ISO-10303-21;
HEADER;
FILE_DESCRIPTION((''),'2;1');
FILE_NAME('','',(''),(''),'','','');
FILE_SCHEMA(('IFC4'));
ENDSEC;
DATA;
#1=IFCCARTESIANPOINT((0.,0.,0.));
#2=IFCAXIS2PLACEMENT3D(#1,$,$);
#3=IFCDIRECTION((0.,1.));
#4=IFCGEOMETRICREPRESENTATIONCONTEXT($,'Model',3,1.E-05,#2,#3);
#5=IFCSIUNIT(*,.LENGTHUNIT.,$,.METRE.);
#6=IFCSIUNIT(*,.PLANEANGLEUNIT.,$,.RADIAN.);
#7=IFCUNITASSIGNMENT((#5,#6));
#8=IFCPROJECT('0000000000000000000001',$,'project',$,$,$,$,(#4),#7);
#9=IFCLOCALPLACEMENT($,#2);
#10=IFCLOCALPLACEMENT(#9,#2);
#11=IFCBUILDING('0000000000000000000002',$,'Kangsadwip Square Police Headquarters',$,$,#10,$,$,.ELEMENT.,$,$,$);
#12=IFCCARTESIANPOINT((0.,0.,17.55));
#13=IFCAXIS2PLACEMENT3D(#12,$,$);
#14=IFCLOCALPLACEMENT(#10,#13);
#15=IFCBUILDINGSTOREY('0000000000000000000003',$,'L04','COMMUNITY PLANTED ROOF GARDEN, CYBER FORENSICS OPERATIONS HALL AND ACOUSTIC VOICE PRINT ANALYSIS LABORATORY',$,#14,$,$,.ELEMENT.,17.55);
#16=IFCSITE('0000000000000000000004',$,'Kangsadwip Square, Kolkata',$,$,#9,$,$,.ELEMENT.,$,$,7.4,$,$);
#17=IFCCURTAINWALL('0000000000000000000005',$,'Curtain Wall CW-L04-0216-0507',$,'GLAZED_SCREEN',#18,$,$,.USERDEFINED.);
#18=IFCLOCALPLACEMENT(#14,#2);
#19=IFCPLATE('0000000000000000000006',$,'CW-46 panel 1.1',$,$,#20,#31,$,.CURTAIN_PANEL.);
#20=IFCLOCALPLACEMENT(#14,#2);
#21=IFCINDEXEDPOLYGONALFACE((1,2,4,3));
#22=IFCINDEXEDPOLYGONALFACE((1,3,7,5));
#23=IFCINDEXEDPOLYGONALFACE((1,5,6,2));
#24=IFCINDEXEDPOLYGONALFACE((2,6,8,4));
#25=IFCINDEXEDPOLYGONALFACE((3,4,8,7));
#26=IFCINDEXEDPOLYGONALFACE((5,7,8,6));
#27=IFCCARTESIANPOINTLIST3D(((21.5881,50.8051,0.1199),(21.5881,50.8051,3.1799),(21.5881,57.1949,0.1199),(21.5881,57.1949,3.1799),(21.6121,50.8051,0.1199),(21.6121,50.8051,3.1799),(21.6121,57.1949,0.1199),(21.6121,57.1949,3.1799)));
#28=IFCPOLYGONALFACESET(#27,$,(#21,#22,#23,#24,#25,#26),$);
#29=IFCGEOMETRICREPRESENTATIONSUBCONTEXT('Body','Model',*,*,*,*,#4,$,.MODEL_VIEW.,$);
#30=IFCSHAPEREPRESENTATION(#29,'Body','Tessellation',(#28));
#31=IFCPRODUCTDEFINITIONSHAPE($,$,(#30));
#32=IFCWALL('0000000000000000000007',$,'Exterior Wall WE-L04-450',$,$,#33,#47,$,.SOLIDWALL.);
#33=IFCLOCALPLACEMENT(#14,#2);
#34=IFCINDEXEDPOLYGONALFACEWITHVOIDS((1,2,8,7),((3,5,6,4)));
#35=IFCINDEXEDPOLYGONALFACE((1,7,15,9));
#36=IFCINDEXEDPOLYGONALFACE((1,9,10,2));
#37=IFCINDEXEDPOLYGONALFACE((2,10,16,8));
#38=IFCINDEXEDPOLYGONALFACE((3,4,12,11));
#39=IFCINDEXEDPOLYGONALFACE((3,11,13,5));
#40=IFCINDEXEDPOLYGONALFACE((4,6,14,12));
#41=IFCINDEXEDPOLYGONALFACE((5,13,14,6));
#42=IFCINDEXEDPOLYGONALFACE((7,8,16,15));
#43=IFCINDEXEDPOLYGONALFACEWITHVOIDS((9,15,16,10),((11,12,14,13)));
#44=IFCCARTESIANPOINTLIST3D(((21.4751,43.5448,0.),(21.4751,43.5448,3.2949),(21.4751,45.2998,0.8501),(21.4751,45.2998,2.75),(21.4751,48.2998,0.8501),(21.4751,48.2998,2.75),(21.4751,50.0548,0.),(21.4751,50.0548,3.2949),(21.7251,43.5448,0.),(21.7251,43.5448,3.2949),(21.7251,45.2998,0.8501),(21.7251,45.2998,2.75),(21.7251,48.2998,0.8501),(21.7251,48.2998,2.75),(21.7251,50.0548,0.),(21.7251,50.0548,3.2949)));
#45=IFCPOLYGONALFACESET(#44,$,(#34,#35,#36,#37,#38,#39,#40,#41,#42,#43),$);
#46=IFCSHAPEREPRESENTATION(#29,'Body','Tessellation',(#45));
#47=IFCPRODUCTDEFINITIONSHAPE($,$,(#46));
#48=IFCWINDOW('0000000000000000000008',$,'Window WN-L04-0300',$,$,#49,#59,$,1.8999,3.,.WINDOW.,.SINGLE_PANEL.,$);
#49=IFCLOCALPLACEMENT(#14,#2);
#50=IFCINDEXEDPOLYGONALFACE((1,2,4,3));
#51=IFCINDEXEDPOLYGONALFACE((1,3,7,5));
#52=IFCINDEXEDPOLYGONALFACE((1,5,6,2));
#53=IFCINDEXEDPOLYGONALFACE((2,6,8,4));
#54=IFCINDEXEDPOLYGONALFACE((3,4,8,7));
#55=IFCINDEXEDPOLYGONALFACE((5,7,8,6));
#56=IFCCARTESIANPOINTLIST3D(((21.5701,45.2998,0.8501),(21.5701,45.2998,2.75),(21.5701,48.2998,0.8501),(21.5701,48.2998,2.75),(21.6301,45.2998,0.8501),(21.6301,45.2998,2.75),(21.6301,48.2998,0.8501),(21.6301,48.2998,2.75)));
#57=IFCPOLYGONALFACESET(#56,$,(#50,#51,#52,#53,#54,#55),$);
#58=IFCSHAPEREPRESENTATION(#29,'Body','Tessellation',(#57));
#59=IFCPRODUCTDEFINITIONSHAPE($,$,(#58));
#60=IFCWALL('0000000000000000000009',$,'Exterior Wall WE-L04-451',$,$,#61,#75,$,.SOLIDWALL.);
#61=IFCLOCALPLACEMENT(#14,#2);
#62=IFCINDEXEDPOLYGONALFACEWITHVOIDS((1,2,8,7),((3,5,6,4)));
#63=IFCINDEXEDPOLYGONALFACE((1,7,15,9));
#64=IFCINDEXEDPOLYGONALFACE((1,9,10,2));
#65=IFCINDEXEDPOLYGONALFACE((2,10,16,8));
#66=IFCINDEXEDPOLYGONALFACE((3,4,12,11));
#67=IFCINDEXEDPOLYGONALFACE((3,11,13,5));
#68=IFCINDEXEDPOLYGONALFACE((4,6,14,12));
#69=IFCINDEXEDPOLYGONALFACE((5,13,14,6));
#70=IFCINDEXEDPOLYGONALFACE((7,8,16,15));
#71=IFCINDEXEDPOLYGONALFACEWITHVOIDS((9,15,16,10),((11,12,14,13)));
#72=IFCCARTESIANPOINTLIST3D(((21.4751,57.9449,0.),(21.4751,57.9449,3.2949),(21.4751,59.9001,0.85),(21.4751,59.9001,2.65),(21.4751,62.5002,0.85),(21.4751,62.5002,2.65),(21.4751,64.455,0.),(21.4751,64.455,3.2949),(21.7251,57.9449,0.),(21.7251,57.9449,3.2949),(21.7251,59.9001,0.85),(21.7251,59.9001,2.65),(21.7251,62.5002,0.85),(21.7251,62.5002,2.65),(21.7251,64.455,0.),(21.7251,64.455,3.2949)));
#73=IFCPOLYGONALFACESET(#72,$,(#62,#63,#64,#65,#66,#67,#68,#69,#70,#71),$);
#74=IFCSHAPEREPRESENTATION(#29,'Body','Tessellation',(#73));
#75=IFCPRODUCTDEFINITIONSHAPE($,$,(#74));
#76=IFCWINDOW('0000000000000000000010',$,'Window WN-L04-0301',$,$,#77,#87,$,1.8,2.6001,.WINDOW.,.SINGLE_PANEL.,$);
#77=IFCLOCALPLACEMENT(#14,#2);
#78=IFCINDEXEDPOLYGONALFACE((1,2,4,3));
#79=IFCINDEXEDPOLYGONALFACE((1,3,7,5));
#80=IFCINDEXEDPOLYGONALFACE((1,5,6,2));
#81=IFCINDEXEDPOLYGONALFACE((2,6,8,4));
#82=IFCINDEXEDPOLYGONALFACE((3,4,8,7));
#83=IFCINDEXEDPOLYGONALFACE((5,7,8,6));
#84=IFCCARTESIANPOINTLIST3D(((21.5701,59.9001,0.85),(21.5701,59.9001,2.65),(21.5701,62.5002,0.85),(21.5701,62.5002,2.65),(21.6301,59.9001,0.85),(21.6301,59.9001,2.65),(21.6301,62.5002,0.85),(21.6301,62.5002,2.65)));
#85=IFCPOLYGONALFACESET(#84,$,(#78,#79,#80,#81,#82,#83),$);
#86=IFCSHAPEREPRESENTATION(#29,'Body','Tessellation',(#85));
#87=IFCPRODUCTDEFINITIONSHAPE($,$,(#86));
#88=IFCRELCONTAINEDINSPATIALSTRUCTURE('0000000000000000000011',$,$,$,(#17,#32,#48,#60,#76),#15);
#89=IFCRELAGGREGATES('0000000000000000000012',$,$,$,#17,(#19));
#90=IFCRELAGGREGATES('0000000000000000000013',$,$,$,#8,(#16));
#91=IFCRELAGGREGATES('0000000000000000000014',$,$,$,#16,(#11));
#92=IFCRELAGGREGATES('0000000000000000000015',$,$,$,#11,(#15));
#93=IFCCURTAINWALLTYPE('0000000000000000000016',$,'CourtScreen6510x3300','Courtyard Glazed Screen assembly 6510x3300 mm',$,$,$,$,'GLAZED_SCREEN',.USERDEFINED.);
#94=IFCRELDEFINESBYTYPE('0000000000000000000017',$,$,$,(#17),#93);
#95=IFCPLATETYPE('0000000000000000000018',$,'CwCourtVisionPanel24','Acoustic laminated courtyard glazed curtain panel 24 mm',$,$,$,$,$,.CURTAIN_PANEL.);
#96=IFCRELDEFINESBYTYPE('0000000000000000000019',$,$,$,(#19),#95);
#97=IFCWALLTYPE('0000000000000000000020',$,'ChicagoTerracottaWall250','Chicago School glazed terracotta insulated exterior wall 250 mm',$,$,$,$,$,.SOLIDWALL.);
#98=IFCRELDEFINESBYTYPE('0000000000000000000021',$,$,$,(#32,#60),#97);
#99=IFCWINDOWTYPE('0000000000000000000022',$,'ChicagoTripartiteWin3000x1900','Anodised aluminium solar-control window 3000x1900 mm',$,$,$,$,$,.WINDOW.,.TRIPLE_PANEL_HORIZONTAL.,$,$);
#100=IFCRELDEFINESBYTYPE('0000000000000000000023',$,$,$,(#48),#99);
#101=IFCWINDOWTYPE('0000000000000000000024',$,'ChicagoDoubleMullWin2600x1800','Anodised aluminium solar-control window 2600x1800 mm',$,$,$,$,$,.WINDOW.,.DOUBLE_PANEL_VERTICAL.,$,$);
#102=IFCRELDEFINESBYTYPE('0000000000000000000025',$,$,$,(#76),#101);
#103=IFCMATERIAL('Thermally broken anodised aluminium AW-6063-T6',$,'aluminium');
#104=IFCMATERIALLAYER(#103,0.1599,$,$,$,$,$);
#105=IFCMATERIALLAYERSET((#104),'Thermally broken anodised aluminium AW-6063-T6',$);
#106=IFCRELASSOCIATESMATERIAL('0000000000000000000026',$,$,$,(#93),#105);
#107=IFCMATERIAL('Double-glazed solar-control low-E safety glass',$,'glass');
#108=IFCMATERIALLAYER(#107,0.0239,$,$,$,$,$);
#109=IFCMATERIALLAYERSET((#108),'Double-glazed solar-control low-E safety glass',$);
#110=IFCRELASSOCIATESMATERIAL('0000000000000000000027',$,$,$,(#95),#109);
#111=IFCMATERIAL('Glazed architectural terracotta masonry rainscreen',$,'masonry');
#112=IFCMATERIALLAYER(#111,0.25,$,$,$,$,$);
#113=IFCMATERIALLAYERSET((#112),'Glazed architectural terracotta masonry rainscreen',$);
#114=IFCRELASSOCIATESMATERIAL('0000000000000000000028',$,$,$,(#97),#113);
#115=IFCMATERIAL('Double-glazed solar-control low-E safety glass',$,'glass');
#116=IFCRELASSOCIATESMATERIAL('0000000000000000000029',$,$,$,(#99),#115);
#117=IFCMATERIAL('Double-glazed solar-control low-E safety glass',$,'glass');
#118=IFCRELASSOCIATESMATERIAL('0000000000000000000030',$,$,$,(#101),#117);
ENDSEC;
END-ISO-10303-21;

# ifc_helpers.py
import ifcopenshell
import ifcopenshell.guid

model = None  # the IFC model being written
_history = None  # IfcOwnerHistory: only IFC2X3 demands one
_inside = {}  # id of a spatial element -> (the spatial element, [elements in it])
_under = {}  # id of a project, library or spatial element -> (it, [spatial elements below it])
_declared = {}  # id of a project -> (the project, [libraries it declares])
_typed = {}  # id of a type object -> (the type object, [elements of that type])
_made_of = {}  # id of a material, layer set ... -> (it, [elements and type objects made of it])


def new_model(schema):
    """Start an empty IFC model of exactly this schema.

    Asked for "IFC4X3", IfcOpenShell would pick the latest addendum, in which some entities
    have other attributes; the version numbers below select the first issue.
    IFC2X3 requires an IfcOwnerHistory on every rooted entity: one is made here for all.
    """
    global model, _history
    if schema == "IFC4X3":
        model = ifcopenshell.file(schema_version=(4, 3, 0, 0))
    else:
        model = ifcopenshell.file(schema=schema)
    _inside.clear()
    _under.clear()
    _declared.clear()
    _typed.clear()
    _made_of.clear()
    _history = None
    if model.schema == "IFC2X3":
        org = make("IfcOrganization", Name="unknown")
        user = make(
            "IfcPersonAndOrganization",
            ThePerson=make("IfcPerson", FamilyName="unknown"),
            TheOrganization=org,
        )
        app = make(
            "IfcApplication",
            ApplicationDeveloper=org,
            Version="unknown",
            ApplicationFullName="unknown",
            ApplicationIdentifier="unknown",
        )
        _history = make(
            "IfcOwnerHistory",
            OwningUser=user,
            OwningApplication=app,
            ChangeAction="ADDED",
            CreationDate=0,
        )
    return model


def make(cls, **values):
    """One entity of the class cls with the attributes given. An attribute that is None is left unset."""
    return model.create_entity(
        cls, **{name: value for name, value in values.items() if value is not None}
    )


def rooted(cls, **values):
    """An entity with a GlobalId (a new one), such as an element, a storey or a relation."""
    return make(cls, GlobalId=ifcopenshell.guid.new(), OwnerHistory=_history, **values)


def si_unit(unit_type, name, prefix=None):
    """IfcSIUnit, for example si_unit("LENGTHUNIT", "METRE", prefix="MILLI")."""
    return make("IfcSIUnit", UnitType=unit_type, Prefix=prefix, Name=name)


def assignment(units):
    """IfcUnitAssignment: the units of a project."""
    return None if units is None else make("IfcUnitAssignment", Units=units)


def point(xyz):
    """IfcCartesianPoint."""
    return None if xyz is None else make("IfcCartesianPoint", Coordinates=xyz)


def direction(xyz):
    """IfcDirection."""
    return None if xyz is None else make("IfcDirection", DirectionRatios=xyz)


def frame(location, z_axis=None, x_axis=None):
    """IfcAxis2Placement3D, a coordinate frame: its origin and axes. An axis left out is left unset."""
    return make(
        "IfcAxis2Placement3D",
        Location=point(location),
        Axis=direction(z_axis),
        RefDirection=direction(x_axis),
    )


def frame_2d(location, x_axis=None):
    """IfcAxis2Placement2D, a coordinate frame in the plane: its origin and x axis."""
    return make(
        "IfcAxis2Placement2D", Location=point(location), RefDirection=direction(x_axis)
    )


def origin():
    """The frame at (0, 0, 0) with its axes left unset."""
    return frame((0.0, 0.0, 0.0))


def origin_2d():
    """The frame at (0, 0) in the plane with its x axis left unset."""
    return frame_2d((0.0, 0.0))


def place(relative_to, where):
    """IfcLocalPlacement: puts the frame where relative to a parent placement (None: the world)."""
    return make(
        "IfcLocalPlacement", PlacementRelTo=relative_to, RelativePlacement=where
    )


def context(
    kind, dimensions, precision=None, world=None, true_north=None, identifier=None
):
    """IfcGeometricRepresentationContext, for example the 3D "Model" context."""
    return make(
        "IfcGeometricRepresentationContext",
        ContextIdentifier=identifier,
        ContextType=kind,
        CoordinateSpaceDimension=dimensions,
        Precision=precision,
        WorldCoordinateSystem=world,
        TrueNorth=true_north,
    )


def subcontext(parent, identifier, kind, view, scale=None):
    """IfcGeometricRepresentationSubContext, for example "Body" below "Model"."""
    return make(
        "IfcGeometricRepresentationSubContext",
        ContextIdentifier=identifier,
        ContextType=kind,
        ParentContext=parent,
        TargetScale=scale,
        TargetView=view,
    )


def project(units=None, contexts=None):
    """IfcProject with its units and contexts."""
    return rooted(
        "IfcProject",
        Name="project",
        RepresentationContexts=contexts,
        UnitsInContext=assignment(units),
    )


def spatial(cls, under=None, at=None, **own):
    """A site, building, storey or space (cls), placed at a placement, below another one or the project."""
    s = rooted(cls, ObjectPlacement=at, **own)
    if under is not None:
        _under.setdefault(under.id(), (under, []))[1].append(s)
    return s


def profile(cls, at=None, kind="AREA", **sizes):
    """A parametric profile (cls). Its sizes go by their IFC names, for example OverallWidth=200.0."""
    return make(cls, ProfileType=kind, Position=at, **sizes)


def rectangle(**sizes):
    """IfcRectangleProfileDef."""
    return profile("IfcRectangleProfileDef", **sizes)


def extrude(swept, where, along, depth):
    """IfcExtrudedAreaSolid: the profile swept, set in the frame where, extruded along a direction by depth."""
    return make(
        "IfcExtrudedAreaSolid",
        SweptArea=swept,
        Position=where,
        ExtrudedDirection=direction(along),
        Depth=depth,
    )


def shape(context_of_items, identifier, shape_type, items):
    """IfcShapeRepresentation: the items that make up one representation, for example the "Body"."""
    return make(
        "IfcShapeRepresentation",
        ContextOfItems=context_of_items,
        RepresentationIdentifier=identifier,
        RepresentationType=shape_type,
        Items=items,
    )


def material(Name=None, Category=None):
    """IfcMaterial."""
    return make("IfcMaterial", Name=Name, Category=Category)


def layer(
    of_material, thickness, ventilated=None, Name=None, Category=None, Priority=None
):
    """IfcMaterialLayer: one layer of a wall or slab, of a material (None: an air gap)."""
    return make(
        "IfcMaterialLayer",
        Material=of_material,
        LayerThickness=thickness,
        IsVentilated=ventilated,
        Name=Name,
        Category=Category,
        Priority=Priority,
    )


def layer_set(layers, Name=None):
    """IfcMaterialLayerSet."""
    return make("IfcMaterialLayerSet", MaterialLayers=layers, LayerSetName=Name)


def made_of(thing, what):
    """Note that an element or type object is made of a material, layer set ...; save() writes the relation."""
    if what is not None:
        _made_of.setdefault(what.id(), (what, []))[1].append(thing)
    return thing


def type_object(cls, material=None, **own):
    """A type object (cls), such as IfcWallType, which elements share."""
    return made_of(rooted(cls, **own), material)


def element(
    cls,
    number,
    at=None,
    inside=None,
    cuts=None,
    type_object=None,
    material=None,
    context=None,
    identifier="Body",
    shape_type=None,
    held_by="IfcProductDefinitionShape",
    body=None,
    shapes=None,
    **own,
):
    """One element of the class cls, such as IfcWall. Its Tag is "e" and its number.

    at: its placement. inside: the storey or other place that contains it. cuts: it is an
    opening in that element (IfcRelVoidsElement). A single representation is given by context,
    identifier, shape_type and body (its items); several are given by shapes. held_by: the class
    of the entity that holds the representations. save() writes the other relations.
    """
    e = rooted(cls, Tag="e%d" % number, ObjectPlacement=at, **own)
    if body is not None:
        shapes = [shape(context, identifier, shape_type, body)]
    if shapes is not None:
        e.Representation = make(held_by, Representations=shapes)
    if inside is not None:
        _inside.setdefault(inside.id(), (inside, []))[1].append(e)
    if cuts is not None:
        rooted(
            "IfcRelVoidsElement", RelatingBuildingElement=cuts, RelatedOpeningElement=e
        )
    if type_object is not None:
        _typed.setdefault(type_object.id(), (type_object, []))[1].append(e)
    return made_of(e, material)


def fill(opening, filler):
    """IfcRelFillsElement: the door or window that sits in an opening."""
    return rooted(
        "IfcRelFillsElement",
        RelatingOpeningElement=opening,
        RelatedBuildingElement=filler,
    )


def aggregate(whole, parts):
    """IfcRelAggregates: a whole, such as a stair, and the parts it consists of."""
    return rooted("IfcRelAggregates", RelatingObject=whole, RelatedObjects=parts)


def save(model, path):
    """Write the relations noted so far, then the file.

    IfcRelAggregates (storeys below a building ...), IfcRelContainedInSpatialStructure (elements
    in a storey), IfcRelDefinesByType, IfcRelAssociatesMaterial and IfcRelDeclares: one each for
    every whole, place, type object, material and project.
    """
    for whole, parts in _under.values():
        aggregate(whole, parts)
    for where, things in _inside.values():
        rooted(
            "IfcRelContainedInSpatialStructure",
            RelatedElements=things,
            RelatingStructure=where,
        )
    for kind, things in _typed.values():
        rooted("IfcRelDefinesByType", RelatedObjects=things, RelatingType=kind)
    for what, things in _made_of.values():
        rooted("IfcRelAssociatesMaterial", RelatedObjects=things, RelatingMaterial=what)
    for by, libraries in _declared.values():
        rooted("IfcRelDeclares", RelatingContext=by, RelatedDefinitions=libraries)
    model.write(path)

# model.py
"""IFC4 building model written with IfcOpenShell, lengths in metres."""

from ifc_helpers import new_model, si_unit, direction, frame, frame_2d, origin, origin_2d, place, context, subcontext, project, spatial, rectangle, extrude, material, layer, layer_set, type_object, element, fill, aggregate, save


model = new_model("IFC4")

# Units and contexts
model_context = context("Model", 3, precision=1e-05, world=origin(), true_north=direction((0.0, 1.0)))
body_context = subcontext(model_context, "Body", "Model", "MODEL_VIEW")
ifc_project = project(units=[si_unit("LENGTHUNIT", "METRE"), si_unit("PLANEANGLEUNIT", "RADIAN")], contexts=[model_context])

# Site, building, storey
site_placement = place(None, origin())
site = spatial("IfcSite", under=ifc_project, at=site_placement, Name="Kangsadwip Square, Kolkata", CompositionType="ELEMENT", RefElevation=7.4)
building_placement = place(site_placement, origin())
building = spatial("IfcBuilding", under=site, at=building_placement, Name="Kangsadwip Square Police Headquarters", CompositionType="ELEMENT")
storey_placement = place(building_placement, frame((0.0, 0.0, 17.55)))
storey = spatial("IfcBuildingStorey", under=building, at=storey_placement, Name="L04", Description="COMMUNITY PLANTED ROOF GARDEN, CYBER FORENSICS OPERATIONS HALL AND ACOUSTIC VOICE PRINT ANALYSIS LABORATORY", CompositionType="ELEMENT", Elevation=17.55)

# Curtain wall
ifc_material_1 = material(Name="Thermally broken anodised aluminium AW-6063-T6", Category="aluminium")
ifc_layer_1 = layer(ifc_material_1, 0.1599)
ifc_layer_set_1 = layer_set([ifc_layer_1], Name="Thermally broken anodised aluminium AW-6063-T6")
curtain_wall_type = type_object("IfcCurtainWallType", Name="CourtScreen6510x3300", Description="Courtyard Glazed Screen assembly 6510x3300 mm", ElementType="GLAZED_SCREEN", PredefinedType="USERDEFINED", material=ifc_layer_set_1)
curtain_wall_1_placement = place(storey_placement, origin())
curtain_wall_1 = element("IfcCurtainWall", 1, at=curtain_wall_1_placement, inside=storey, type_object=curtain_wall_type, Name="Curtain Wall CW-L04-0216-0507", ObjectType="GLAZED_SCREEN", PredefinedType="USERDEFINED")

# Plate
ifc_material_2 = material(Name="Double-glazed solar-control low-E safety glass", Category="glass")
ifc_layer_2 = layer(ifc_material_2, 0.0239)
ifc_layer_set_2 = layer_set([ifc_layer_2], Name="Double-glazed solar-control low-E safety glass")
plate_type = type_object("IfcPlateType", Name="CwCourtVisionPanel24", Description="Acoustic laminated courtyard glazed curtain panel 24 mm", PredefinedType="CURTAIN_PANEL", material=ifc_layer_set_2)
plate_placement = place(storey_placement, frame((21.6001, 54.0, 0.1199), z_axis=(0.0, 0.0, 1.0), x_axis=(0.0, 1.0, 0.0)))
plate = element("IfcPlate", 2, at=plate_placement, type_object=plate_type, Name="CW-46 panel 1.1", PredefinedType="CURTAIN_PANEL", context=body_context, shape_type="SweptSolid", body=[
    extrude(rectangle(XDim=6.3899, YDim=0.0239, at=origin_2d()), origin(), (0.0, 0.0, 1.0), 3.0601),
])
aggregate(curtain_wall_1, [plate])

# Walls, openings, windows
ifc_material_3 = material(Name="Glazed architectural terracotta masonry rainscreen", Category="masonry")
ifc_layer_3 = layer(ifc_material_3, 0.25)
ifc_layer_set_3 = layer_set([ifc_layer_3], Name="Glazed architectural terracotta masonry rainscreen")
wall_type = type_object("IfcWallType", Name="ChicagoTerracottaWall250", Description="Chicago School glazed terracotta insulated exterior wall 250 mm", PredefinedType="SOLIDWALL", material=ifc_layer_set_3)
wall_1_placement = place(storey_placement, frame((21.6001, 43.5449, 0.0), z_axis=(0.0, 0.0, 1.0), x_axis=(0.0, 1.0, 0.0)))
wall_1 = element("IfcWall", 3, at=wall_1_placement, inside=storey, type_object=wall_type, Name="Exterior Wall WE-L04-450", PredefinedType="SOLIDWALL", context=body_context, shape_type="SweptSolid", body=[
    extrude(rectangle(XDim=6.51, YDim=0.25, at=frame_2d((3.2549, 0.0))), origin(), (0.0, 0.0, 1.0), 3.2949),
])
opening_1_placement = place(wall_1_placement, frame((1.7549, 0.0, 0.8501)))
opening_1 = element("IfcOpeningElement", 4, at=opening_1_placement, cuts=wall_1, PredefinedType="OPENING", context=body_context, shape_type="SweptSolid", body=[
    extrude(rectangle(XDim=3.0, YDim=1.8999, at=frame_2d((1.5, 0.95))), frame((0.0, 0.135, 0.0), z_axis=(0.0, -1.0, 0.0), x_axis=(1.0, 0.0, 0.0)), (0.0, 0.0, 1.0), 0.27),
])
ifc_material_4 = material(Name="Double-glazed solar-control low-E safety glass", Category="glass")
window_type_1 = type_object("IfcWindowType", Name="ChicagoTripartiteWin3000x1900", Description="Anodised aluminium solar-control window 3000x1900 mm", PartitioningType="TRIPLE_PANEL_HORIZONTAL", PredefinedType="WINDOW", material=ifc_material_4)
window_1_placement = place(opening_1_placement, origin())
window_1 = element("IfcWindow", 5, at=window_1_placement, inside=storey, type_object=window_type_1, Name="Window WN-L04-0300", OverallHeight=1.8999, OverallWidth=3.0, PartitioningType="SINGLE_PANEL", PredefinedType="WINDOW", context=body_context, shape_type="SweptSolid", body=[
    extrude(rectangle(XDim=3.0, YDim=1.8999, at=frame_2d((1.5, 0.95))), frame((0.0, 0.03, 0.0), z_axis=(0.0, -1.0, 0.0), x_axis=(1.0, 0.0, 0.0)), (0.0, 0.0, 1.0), 0.0601),
])
fill(opening_1, window_1)
wall_2_placement = place(storey_placement, frame((21.6001, 57.9451, 0.0), z_axis=(0.0, 0.0, 1.0), x_axis=(0.0, 1.0, 0.0)))
wall_2 = element("IfcWall", 6, at=wall_2_placement, inside=storey, type_object=wall_type, Name="Exterior Wall WE-L04-451", PredefinedType="SOLIDWALL", context=body_context, shape_type="SweptSolid", body=[
    extrude(rectangle(XDim=6.51, YDim=0.25, at=frame_2d((3.2549, 0.0))), origin(), (0.0, 0.0, 1.0), 3.2949),
])
opening_2_placement = place(wall_2_placement, frame((1.9551, 0.0, 0.8501)))
opening_2 = element("IfcOpeningElement", 7, at=opening_2_placement, cuts=wall_2, PredefinedType="OPENING", context=body_context, shape_type="SweptSolid", body=[
    extrude(rectangle(XDim=2.6001, YDim=1.8, at=frame_2d((1.3, 0.8999))), frame((0.0, 0.135, 0.0), z_axis=(0.0, -1.0, 0.0), x_axis=(1.0, 0.0, 0.0)), (0.0, 0.0, 1.0), 0.27),
])
ifc_material_5 = material(Name="Double-glazed solar-control low-E safety glass", Category="glass")
window_type_2 = type_object("IfcWindowType", Name="ChicagoDoubleMullWin2600x1800", Description="Anodised aluminium solar-control window 2600x1800 mm", PartitioningType="DOUBLE_PANEL_VERTICAL", PredefinedType="WINDOW", material=ifc_material_5)
window_2_placement = place(opening_2_placement, origin())
window_2 = element("IfcWindow", 8, at=window_2_placement, inside=storey, type_object=window_type_2, Name="Window WN-L04-0301", OverallHeight=1.8, OverallWidth=2.6001, PartitioningType="SINGLE_PANEL", PredefinedType="WINDOW", context=body_context, shape_type="SweptSolid", body=[
    extrude(rectangle(XDim=2.6001, YDim=1.8, at=frame_2d((1.3, 0.8999))), frame((0.0, 0.03, 0.0), z_axis=(0.0, -1.0, 0.0), x_axis=(1.0, 0.0, 0.0)), (0.0, 0.0, 1.0), 0.0601),
])
fill(opening_2, window_2)

save(model, "model.ifc")
